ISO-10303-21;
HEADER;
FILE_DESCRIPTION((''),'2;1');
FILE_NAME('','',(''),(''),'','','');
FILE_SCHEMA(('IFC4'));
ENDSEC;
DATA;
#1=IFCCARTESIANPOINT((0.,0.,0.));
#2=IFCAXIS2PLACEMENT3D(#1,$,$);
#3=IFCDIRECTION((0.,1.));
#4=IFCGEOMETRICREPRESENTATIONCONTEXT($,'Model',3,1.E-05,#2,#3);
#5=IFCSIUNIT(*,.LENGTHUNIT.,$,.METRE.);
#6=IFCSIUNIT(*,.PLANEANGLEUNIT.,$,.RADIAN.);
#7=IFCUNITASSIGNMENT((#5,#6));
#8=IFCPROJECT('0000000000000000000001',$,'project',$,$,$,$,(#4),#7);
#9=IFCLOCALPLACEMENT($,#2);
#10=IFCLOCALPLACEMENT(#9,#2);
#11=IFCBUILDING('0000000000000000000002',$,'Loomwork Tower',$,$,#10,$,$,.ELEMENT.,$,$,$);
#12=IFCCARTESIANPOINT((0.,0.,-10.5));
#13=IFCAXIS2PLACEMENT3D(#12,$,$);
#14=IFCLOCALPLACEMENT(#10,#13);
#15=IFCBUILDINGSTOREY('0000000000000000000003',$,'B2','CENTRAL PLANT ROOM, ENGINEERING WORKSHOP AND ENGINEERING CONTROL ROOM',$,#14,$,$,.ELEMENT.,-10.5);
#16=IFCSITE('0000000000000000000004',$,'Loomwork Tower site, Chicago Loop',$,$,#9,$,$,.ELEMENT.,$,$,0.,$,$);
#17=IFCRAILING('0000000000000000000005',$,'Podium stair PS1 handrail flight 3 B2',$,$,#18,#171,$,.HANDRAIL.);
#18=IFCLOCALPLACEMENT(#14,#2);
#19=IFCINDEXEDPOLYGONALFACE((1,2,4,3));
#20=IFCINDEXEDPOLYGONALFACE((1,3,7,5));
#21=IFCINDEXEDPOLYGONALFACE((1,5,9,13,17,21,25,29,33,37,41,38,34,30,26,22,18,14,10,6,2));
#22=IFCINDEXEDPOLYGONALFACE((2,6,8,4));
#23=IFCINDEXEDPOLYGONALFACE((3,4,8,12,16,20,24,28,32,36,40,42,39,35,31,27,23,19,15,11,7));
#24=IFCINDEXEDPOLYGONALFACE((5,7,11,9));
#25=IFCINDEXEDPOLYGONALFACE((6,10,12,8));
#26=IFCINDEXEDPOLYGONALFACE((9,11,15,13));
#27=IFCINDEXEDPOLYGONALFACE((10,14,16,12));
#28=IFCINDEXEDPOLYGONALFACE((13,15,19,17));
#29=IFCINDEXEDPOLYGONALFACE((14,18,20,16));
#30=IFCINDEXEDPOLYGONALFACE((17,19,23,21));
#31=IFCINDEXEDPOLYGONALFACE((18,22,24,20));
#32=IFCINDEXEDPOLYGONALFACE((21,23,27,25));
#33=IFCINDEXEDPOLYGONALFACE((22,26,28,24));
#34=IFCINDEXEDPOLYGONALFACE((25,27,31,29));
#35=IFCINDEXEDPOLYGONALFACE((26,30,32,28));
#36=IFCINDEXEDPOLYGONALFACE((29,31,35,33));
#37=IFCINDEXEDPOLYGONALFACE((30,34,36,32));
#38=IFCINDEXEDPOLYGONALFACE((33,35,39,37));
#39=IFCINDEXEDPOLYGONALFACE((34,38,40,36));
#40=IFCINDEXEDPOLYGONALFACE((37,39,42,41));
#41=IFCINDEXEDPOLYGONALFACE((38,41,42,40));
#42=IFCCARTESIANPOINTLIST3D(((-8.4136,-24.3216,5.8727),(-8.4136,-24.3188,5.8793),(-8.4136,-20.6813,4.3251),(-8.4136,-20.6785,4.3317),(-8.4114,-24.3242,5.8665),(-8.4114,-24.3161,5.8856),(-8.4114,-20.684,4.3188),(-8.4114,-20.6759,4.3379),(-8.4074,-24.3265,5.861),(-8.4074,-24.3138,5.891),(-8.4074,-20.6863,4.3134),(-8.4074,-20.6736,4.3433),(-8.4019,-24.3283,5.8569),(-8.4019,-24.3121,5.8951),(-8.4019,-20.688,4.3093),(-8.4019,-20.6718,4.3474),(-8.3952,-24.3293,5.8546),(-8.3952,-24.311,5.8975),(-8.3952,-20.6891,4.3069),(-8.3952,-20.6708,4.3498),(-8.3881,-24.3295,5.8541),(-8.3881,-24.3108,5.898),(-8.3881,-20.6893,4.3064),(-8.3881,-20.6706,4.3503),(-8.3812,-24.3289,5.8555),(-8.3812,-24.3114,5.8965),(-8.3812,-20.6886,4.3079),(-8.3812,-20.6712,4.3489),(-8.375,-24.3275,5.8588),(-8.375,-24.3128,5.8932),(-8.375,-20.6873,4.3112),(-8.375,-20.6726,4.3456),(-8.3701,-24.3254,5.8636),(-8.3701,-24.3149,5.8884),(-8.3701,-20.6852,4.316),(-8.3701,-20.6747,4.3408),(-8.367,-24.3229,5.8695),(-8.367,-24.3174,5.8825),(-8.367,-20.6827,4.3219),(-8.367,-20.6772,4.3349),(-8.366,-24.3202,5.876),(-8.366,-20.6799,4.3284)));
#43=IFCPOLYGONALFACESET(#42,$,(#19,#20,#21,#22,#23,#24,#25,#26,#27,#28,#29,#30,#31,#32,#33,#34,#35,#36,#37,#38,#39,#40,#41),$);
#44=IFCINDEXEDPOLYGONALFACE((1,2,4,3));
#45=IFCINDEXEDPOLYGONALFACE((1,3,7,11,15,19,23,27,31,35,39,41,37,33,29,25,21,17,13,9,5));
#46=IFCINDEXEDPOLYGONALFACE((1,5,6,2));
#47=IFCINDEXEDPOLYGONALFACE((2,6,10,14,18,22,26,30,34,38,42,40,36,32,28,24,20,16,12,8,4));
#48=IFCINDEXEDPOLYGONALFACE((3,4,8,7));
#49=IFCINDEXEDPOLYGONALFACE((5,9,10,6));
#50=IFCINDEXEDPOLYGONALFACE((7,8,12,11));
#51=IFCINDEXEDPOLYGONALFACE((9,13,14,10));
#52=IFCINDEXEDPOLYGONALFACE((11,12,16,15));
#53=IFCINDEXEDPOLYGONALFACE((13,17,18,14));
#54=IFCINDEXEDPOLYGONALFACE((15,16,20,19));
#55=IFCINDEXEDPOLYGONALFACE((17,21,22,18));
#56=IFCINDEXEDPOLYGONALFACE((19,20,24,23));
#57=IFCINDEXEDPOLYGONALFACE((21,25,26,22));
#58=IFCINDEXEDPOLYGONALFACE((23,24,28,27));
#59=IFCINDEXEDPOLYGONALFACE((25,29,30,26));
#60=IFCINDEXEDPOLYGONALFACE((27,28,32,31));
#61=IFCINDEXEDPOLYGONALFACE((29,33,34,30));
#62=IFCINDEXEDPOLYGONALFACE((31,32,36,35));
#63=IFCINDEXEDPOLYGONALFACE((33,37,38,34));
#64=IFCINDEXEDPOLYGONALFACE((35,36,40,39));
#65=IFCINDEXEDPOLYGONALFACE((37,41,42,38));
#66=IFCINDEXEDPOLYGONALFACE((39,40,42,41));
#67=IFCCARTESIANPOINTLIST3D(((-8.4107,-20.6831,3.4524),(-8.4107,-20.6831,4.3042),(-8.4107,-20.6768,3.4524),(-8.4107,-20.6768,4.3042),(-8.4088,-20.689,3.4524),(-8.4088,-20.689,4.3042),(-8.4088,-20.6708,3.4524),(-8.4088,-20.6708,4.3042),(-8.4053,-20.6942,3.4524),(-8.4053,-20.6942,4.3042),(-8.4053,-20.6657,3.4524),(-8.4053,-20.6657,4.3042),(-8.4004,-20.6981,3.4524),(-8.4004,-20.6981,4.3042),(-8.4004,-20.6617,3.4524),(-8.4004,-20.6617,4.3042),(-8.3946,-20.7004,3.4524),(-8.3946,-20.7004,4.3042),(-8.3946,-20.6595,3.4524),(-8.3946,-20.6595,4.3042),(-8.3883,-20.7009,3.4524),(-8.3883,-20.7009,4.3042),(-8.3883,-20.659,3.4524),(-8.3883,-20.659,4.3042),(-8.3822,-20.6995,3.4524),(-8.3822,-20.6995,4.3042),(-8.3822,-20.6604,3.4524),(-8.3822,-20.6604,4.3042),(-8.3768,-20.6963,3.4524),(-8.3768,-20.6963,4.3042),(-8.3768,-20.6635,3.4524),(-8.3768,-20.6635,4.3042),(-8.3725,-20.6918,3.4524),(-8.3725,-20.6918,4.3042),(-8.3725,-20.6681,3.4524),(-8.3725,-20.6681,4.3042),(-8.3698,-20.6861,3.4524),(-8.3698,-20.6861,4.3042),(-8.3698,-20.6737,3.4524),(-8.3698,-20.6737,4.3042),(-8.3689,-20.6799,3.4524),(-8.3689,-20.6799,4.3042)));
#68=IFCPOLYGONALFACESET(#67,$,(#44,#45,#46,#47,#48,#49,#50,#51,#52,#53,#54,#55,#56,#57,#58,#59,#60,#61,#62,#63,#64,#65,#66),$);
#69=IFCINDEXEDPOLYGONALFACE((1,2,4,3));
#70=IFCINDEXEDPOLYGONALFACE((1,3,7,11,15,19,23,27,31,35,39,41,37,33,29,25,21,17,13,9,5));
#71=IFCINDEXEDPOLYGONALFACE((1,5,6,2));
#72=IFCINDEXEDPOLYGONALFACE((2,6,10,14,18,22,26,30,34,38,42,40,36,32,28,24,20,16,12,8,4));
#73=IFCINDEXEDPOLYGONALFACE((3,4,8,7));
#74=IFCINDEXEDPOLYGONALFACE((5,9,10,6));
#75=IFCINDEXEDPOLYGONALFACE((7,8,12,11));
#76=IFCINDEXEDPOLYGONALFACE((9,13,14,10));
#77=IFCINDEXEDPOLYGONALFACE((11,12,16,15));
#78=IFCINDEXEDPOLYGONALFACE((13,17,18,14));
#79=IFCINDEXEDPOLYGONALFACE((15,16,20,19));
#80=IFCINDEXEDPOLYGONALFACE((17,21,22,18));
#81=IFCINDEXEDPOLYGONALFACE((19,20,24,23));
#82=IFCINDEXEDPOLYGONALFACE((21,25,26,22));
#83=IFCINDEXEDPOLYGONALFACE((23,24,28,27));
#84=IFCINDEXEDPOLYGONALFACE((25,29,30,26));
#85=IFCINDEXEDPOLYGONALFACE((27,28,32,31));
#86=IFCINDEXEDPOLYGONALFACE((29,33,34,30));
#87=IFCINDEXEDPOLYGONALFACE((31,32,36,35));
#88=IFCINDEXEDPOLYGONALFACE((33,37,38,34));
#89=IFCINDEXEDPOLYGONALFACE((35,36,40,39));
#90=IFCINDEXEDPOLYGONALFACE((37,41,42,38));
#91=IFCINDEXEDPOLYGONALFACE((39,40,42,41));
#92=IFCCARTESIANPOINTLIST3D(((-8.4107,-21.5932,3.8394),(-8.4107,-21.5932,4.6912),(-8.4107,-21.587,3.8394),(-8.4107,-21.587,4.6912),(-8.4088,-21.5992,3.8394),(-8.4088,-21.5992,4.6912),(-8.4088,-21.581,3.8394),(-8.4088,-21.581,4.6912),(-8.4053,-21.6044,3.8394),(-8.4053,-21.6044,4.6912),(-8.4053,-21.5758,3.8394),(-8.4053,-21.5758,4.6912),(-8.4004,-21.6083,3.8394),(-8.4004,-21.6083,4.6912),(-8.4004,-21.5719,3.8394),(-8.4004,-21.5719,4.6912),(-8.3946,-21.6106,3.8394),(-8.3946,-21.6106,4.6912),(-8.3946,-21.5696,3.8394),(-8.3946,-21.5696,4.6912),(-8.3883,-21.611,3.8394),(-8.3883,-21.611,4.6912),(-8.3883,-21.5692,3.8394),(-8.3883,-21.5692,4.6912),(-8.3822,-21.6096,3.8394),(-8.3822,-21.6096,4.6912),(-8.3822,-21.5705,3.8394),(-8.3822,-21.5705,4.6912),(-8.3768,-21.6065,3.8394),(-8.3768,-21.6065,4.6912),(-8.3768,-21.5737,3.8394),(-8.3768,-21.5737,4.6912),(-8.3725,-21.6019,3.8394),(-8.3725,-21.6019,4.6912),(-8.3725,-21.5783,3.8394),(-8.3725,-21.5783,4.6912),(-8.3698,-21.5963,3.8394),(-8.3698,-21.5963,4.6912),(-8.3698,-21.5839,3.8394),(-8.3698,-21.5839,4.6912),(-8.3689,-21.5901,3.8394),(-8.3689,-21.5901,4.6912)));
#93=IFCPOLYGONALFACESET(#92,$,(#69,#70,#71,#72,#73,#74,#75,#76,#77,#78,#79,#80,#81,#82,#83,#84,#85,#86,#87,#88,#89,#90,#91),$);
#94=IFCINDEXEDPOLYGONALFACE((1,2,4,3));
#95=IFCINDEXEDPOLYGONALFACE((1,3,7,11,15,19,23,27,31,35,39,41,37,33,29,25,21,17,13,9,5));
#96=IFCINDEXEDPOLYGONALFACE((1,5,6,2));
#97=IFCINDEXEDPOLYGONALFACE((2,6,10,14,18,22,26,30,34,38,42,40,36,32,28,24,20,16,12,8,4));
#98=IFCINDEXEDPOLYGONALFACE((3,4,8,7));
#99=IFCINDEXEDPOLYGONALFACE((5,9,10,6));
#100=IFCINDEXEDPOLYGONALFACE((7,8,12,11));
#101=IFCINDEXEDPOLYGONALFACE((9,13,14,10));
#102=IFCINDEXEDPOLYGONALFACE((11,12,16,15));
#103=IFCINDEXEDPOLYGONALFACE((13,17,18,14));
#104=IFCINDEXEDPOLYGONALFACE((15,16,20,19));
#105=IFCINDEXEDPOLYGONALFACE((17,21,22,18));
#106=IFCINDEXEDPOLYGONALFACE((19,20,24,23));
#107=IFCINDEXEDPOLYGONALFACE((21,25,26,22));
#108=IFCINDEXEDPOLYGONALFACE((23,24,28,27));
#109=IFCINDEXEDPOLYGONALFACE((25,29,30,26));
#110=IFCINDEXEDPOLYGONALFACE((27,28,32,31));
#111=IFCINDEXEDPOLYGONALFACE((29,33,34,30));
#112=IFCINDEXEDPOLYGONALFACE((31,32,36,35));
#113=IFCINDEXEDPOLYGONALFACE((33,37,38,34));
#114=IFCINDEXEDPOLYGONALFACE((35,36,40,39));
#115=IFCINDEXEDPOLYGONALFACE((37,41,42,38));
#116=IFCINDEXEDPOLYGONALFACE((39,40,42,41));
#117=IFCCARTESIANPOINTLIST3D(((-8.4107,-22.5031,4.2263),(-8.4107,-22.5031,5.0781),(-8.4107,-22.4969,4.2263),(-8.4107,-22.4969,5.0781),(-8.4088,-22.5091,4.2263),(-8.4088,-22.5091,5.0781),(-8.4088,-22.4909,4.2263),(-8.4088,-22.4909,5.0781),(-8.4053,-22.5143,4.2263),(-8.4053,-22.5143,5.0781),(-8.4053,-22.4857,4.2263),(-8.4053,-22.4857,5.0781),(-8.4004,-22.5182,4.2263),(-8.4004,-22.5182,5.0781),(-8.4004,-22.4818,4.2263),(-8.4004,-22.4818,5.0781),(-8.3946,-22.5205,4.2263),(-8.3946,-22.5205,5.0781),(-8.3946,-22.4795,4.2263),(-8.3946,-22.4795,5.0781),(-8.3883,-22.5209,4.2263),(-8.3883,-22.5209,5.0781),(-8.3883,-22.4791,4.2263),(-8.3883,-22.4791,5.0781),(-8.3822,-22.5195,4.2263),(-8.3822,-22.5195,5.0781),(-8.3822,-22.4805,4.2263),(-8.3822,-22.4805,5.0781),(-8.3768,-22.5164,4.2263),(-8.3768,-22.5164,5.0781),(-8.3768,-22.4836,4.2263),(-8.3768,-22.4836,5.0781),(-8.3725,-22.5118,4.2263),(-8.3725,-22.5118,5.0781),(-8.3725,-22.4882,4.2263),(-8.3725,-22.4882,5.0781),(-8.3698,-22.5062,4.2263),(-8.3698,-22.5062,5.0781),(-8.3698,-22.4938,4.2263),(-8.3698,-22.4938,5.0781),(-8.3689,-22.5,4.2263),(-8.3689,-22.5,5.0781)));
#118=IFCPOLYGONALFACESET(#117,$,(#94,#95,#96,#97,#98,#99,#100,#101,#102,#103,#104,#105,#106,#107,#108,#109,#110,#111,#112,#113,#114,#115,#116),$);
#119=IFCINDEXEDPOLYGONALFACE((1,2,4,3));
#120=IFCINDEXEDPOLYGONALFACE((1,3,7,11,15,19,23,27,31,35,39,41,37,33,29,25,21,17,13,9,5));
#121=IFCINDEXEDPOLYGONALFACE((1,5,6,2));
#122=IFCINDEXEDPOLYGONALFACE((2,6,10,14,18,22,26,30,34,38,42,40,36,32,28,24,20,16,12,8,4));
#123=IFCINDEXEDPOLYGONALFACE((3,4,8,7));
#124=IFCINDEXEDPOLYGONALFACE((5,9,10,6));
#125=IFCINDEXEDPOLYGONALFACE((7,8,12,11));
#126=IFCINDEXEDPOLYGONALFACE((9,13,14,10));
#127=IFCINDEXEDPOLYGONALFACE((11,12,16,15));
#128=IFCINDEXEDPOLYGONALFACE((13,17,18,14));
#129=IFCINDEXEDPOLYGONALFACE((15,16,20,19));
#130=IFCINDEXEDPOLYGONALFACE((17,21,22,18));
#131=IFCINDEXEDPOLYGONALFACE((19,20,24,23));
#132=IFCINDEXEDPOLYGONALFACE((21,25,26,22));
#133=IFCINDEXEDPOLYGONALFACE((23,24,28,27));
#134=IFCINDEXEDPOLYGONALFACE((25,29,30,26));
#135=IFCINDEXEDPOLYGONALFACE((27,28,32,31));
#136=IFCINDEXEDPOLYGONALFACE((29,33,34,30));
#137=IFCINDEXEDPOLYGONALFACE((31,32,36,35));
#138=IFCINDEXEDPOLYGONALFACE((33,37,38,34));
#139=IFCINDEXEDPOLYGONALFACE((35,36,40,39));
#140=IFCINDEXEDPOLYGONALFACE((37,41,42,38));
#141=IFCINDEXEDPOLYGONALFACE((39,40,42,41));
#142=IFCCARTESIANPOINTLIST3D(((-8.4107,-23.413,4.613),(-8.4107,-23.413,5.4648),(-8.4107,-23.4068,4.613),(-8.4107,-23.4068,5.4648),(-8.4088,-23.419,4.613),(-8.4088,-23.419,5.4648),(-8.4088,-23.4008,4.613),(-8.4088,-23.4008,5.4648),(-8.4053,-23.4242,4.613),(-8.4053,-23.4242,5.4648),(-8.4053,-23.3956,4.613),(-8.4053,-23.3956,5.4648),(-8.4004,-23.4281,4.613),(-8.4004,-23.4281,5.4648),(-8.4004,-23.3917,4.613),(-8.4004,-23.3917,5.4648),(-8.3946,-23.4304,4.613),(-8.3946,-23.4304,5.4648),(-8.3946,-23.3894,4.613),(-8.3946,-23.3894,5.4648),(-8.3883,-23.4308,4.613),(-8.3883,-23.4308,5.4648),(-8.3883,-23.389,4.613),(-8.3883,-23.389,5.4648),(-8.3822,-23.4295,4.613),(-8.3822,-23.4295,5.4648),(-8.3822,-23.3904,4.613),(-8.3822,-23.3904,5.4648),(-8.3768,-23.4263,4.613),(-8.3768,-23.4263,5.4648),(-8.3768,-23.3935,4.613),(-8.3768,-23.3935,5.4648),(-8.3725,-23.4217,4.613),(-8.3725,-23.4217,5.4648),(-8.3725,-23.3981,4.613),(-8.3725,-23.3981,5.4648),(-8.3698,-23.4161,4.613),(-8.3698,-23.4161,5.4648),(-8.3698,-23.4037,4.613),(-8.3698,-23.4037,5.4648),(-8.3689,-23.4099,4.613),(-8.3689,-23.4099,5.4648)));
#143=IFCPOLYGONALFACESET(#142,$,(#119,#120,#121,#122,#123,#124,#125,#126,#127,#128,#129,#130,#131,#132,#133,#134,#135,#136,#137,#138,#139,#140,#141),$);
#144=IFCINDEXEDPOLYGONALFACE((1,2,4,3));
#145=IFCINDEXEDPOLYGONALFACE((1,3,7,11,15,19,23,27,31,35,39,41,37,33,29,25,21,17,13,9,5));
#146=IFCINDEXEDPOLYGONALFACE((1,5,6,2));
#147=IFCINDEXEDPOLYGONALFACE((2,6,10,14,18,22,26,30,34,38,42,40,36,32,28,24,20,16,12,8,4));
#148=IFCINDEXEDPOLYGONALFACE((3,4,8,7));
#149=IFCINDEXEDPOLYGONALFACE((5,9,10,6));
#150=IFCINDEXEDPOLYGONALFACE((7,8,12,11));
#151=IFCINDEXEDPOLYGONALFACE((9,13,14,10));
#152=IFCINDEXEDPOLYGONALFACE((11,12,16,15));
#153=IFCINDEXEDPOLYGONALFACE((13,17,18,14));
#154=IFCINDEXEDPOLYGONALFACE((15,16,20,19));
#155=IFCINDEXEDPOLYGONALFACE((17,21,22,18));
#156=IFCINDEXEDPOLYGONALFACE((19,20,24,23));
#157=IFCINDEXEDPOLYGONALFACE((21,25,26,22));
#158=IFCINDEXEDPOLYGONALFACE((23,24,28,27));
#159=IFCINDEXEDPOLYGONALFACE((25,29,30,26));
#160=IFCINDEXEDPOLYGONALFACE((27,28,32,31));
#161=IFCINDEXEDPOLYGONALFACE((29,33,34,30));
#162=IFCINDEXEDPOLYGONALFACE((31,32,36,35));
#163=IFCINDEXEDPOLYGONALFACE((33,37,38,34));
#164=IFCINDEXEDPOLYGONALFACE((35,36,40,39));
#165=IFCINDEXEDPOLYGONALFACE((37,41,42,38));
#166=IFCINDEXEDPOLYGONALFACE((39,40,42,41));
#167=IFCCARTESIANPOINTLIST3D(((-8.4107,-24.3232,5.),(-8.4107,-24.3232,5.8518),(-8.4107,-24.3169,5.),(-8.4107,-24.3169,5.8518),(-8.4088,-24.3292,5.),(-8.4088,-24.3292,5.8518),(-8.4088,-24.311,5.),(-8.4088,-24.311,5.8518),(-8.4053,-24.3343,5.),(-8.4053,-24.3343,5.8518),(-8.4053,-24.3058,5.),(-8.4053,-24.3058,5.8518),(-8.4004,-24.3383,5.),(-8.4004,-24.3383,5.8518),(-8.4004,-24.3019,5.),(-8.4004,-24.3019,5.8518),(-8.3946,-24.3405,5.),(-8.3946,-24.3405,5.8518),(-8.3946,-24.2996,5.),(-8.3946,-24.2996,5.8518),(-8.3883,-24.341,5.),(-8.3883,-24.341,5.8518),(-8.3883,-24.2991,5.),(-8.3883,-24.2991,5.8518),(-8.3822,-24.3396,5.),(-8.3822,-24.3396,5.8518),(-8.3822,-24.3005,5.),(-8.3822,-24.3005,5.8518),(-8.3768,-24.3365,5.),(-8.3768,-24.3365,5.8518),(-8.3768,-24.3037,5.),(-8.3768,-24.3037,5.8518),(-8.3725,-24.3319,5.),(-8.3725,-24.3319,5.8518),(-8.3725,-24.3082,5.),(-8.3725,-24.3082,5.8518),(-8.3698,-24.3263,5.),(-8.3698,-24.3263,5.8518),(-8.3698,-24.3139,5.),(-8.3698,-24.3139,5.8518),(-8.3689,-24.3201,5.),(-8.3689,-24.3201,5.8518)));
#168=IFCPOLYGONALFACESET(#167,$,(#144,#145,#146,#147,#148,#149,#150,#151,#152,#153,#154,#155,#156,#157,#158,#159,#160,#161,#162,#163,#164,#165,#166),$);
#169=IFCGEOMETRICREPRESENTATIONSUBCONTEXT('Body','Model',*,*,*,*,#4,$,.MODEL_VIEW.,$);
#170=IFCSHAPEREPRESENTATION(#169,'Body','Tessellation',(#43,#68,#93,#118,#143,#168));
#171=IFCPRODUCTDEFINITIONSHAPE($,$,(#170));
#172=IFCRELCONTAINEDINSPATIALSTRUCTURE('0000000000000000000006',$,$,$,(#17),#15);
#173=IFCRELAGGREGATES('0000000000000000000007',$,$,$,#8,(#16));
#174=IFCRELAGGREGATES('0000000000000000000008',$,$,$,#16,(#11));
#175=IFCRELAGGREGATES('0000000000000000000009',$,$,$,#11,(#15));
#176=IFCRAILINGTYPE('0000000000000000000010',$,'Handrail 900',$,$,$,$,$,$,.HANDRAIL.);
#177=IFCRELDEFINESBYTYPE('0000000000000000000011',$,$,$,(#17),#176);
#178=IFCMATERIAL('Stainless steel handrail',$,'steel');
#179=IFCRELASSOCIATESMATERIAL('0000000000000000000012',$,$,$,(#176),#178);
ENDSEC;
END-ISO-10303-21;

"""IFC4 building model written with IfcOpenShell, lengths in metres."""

from ifc_helpers import new_model, si_unit, direction, frame, origin, origin_2d, place, context, subcontext, project, spatial, circle, extrude, material, type_object, element, save


model = new_model("IFC4")

# Units and contexts
model_context = context("Model", 3, precision=1e-05, world=origin(), true_north=direction((0.0, 1.0)))
body_context = subcontext(model_context, "Body", "Model", "MODEL_VIEW")
ifc_project = project(units=[si_unit("LENGTHUNIT", "METRE"), si_unit("PLANEANGLEUNIT", "RADIAN")], contexts=[model_context])

# Site, building, storey
site_placement = place(None, origin())
site = spatial("IfcSite", under=ifc_project, at=site_placement, Name="Loomwork Tower site, Chicago Loop", CompositionType="ELEMENT", RefElevation=0.0)
building_placement = place(site_placement, origin())
building = spatial("IfcBuilding", under=site, at=building_placement, Name="Loomwork Tower", CompositionType="ELEMENT")
storey_placement = place(building_placement, frame((0.0, 0.0, -10.5)))
storey = spatial("IfcBuildingStorey", under=building, at=storey_placement, Name="B2", Description="CENTRAL PLANT ROOM, ENGINEERING WORKSHOP AND ENGINEERING CONTROL ROOM", CompositionType="ELEMENT", Elevation=-10.5)

# Railing
ifc_material_1 = material(Name="Stainless steel handrail", Category="steel")
railing_type = type_object("IfcRailingType", Name="Handrail 900", PredefinedType="HANDRAIL", material=ifc_material_1)
railing_1_placement = place(storey_placement, frame((-8.3899, -20.6799, 3.4524)))
element("IfcRailing", 1, at=railing_1_placement, inside=storey, type_object=railing_type, Name="Podium stair PS1 handrail flight 3 B2", PredefinedType="HANDRAIL", context=body_context, shape_type="SweptSolid", body=[
    extrude(circle(Radius=0.0239, at=origin_2d()), frame((0.0, 0.0, 0.876), z_axis=(0.0, -0.920281, 0.391258), x_axis=(1.0, 0.0, 0.0)), (0.0, 0.0, 1.0), 3.9556),
    extrude(circle(Radius=0.021, at=origin_2d()), origin(), (0.0, 0.0, 1.0), 0.8518),
    extrude(circle(Radius=0.021, at=origin_2d()), frame((0.0, -0.9102, 0.387)), (0.0, 0.0, 1.0), 0.8518),
    extrude(circle(Radius=0.021, at=origin_2d()), frame((0.0, -1.8201, 0.7739)), (0.0, 0.0, 1.0), 0.8518),
    extrude(circle(Radius=0.021, at=origin_2d()), frame((0.0, -2.73, 1.1606)), (0.0, 0.0, 1.0), 0.8518),
    extrude(circle(Radius=0.021, at=origin_2d()), frame((0.0, -3.6401, 1.5476)), (0.0, 0.0, 1.0), 0.8518),
])

save(model, "model.ifc")
